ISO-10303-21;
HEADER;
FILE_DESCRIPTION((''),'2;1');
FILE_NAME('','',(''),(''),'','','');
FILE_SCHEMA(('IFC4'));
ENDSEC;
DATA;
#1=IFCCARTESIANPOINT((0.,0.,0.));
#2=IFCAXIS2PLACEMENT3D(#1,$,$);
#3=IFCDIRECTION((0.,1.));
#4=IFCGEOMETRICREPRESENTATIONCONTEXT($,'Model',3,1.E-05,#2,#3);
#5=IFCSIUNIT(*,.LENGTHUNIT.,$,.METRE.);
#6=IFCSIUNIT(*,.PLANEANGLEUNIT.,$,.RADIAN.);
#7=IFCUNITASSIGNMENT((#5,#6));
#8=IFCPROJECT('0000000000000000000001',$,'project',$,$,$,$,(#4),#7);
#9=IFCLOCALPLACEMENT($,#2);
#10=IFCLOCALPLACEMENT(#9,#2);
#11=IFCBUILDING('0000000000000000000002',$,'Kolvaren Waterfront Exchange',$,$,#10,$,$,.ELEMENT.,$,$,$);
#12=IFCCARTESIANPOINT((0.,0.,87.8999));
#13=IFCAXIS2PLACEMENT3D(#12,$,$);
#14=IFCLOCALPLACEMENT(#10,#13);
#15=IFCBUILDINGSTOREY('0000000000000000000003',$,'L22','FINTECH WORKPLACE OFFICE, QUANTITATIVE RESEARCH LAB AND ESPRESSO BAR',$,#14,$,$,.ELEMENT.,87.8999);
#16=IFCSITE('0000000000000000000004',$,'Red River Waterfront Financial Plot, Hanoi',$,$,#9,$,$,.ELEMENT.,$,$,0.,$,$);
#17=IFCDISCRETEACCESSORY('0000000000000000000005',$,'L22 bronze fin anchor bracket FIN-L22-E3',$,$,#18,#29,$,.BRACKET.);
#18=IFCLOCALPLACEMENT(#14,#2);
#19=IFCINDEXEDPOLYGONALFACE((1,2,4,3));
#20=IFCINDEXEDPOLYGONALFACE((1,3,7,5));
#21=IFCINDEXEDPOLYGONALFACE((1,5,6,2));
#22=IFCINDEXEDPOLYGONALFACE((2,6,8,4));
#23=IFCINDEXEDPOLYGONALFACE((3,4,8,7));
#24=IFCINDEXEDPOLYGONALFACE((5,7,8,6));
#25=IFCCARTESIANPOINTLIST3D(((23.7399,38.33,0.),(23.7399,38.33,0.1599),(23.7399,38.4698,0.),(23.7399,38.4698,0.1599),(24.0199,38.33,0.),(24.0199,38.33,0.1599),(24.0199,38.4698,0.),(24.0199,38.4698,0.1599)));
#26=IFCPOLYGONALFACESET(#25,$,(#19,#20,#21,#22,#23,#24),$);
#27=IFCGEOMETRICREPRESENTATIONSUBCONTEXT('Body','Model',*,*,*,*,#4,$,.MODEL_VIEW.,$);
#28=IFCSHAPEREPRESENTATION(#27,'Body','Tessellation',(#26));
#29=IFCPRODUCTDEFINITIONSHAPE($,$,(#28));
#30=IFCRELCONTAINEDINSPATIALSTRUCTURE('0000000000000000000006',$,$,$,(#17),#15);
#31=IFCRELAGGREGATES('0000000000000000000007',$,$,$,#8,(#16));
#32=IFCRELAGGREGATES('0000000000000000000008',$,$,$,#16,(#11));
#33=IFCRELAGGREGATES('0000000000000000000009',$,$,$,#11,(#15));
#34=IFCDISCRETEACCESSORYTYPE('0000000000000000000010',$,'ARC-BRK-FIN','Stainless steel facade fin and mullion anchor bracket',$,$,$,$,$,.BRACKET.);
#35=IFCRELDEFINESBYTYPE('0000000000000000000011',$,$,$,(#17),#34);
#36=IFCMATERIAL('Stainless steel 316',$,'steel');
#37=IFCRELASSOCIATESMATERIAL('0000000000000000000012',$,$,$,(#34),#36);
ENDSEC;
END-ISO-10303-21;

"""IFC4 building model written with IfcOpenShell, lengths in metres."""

from ifc_helpers import new_model, si_unit, direction, frame, origin, origin_with_axes, origin_2d, place, context, subcontext, project, spatial, rectangle, extrude, source, transform, mapped, material, type_object, element, save


model = new_model("IFC4")

# Units and contexts
model_context = context("Model", 3, precision=1e-05, world=origin(), true_north=direction((0.0, 1.0)))
body_context = subcontext(model_context, "Body", "Model", "MODEL_VIEW")
ifc_project = project(units=[si_unit("LENGTHUNIT", "METRE"), si_unit("PLANEANGLEUNIT", "RADIAN")], contexts=[model_context])

# Site, building, storey
site_placement = place(None, origin())
site = spatial("IfcSite", under=ifc_project, at=site_placement, Name="Red River Waterfront Financial Plot, Hanoi", CompositionType="ELEMENT", RefElevation=0.0)
building_placement = place(site_placement, origin())
building = spatial("IfcBuilding", under=site, at=building_placement, Name="Kolvaren Waterfront Exchange", CompositionType="ELEMENT")
storey_placement = place(building_placement, frame((0.0, 0.0, 87.8999)))
storey = spatial("IfcBuildingStorey", under=building, at=storey_placement, Name="L22", Description="FINTECH WORKPLACE OFFICE, QUANTITATIVE RESEARCH LAB AND ESPRESSO BAR", CompositionType="ELEMENT", Elevation=87.8999)

# Discrete accessory
ifc_material_1 = material(Name="Stainless steel 316", Category="steel")
discrete_accessory_type = type_object("IfcDiscreteAccessoryType", Name="ARC-BRK-FIN", Description="Stainless steel facade fin and mullion anchor bracket", PredefinedType="BRACKET", material=ifc_material_1)
shared_shape_1 = source(origin_with_axes(), body_context, "Body", "SweptSolid", [
    extrude(rectangle(XDim=0.28, YDim=0.1399, at=origin_2d()), origin(), (0.0, 0.0, 1.0), 0.1599),
])
discrete_accessory_placement = place(storey_placement, frame((23.8799, 38.3999, 0.0), z_axis=(0.0, 0.0, 1.0), x_axis=(1.0, 0.0, 0.0)))
element("IfcDiscreteAccessory", 1, at=discrete_accessory_placement, inside=storey, type_object=discrete_accessory_type, Name="L22 bronze fin anchor bracket FIN-L22-E3", PredefinedType="BRACKET", context=body_context, shape_type="MappedRepresentation", body=[
    mapped(shared_shape_1, transform((0.0, 0.0, 0.0), x_axis=(1.0, 0.0, 0.0), y_axis=(0.0, 1.0, 0.0), z_axis=(0.0, 0.0, 1.0), scale=1.0)),
])

save(model, "model.ifc")
